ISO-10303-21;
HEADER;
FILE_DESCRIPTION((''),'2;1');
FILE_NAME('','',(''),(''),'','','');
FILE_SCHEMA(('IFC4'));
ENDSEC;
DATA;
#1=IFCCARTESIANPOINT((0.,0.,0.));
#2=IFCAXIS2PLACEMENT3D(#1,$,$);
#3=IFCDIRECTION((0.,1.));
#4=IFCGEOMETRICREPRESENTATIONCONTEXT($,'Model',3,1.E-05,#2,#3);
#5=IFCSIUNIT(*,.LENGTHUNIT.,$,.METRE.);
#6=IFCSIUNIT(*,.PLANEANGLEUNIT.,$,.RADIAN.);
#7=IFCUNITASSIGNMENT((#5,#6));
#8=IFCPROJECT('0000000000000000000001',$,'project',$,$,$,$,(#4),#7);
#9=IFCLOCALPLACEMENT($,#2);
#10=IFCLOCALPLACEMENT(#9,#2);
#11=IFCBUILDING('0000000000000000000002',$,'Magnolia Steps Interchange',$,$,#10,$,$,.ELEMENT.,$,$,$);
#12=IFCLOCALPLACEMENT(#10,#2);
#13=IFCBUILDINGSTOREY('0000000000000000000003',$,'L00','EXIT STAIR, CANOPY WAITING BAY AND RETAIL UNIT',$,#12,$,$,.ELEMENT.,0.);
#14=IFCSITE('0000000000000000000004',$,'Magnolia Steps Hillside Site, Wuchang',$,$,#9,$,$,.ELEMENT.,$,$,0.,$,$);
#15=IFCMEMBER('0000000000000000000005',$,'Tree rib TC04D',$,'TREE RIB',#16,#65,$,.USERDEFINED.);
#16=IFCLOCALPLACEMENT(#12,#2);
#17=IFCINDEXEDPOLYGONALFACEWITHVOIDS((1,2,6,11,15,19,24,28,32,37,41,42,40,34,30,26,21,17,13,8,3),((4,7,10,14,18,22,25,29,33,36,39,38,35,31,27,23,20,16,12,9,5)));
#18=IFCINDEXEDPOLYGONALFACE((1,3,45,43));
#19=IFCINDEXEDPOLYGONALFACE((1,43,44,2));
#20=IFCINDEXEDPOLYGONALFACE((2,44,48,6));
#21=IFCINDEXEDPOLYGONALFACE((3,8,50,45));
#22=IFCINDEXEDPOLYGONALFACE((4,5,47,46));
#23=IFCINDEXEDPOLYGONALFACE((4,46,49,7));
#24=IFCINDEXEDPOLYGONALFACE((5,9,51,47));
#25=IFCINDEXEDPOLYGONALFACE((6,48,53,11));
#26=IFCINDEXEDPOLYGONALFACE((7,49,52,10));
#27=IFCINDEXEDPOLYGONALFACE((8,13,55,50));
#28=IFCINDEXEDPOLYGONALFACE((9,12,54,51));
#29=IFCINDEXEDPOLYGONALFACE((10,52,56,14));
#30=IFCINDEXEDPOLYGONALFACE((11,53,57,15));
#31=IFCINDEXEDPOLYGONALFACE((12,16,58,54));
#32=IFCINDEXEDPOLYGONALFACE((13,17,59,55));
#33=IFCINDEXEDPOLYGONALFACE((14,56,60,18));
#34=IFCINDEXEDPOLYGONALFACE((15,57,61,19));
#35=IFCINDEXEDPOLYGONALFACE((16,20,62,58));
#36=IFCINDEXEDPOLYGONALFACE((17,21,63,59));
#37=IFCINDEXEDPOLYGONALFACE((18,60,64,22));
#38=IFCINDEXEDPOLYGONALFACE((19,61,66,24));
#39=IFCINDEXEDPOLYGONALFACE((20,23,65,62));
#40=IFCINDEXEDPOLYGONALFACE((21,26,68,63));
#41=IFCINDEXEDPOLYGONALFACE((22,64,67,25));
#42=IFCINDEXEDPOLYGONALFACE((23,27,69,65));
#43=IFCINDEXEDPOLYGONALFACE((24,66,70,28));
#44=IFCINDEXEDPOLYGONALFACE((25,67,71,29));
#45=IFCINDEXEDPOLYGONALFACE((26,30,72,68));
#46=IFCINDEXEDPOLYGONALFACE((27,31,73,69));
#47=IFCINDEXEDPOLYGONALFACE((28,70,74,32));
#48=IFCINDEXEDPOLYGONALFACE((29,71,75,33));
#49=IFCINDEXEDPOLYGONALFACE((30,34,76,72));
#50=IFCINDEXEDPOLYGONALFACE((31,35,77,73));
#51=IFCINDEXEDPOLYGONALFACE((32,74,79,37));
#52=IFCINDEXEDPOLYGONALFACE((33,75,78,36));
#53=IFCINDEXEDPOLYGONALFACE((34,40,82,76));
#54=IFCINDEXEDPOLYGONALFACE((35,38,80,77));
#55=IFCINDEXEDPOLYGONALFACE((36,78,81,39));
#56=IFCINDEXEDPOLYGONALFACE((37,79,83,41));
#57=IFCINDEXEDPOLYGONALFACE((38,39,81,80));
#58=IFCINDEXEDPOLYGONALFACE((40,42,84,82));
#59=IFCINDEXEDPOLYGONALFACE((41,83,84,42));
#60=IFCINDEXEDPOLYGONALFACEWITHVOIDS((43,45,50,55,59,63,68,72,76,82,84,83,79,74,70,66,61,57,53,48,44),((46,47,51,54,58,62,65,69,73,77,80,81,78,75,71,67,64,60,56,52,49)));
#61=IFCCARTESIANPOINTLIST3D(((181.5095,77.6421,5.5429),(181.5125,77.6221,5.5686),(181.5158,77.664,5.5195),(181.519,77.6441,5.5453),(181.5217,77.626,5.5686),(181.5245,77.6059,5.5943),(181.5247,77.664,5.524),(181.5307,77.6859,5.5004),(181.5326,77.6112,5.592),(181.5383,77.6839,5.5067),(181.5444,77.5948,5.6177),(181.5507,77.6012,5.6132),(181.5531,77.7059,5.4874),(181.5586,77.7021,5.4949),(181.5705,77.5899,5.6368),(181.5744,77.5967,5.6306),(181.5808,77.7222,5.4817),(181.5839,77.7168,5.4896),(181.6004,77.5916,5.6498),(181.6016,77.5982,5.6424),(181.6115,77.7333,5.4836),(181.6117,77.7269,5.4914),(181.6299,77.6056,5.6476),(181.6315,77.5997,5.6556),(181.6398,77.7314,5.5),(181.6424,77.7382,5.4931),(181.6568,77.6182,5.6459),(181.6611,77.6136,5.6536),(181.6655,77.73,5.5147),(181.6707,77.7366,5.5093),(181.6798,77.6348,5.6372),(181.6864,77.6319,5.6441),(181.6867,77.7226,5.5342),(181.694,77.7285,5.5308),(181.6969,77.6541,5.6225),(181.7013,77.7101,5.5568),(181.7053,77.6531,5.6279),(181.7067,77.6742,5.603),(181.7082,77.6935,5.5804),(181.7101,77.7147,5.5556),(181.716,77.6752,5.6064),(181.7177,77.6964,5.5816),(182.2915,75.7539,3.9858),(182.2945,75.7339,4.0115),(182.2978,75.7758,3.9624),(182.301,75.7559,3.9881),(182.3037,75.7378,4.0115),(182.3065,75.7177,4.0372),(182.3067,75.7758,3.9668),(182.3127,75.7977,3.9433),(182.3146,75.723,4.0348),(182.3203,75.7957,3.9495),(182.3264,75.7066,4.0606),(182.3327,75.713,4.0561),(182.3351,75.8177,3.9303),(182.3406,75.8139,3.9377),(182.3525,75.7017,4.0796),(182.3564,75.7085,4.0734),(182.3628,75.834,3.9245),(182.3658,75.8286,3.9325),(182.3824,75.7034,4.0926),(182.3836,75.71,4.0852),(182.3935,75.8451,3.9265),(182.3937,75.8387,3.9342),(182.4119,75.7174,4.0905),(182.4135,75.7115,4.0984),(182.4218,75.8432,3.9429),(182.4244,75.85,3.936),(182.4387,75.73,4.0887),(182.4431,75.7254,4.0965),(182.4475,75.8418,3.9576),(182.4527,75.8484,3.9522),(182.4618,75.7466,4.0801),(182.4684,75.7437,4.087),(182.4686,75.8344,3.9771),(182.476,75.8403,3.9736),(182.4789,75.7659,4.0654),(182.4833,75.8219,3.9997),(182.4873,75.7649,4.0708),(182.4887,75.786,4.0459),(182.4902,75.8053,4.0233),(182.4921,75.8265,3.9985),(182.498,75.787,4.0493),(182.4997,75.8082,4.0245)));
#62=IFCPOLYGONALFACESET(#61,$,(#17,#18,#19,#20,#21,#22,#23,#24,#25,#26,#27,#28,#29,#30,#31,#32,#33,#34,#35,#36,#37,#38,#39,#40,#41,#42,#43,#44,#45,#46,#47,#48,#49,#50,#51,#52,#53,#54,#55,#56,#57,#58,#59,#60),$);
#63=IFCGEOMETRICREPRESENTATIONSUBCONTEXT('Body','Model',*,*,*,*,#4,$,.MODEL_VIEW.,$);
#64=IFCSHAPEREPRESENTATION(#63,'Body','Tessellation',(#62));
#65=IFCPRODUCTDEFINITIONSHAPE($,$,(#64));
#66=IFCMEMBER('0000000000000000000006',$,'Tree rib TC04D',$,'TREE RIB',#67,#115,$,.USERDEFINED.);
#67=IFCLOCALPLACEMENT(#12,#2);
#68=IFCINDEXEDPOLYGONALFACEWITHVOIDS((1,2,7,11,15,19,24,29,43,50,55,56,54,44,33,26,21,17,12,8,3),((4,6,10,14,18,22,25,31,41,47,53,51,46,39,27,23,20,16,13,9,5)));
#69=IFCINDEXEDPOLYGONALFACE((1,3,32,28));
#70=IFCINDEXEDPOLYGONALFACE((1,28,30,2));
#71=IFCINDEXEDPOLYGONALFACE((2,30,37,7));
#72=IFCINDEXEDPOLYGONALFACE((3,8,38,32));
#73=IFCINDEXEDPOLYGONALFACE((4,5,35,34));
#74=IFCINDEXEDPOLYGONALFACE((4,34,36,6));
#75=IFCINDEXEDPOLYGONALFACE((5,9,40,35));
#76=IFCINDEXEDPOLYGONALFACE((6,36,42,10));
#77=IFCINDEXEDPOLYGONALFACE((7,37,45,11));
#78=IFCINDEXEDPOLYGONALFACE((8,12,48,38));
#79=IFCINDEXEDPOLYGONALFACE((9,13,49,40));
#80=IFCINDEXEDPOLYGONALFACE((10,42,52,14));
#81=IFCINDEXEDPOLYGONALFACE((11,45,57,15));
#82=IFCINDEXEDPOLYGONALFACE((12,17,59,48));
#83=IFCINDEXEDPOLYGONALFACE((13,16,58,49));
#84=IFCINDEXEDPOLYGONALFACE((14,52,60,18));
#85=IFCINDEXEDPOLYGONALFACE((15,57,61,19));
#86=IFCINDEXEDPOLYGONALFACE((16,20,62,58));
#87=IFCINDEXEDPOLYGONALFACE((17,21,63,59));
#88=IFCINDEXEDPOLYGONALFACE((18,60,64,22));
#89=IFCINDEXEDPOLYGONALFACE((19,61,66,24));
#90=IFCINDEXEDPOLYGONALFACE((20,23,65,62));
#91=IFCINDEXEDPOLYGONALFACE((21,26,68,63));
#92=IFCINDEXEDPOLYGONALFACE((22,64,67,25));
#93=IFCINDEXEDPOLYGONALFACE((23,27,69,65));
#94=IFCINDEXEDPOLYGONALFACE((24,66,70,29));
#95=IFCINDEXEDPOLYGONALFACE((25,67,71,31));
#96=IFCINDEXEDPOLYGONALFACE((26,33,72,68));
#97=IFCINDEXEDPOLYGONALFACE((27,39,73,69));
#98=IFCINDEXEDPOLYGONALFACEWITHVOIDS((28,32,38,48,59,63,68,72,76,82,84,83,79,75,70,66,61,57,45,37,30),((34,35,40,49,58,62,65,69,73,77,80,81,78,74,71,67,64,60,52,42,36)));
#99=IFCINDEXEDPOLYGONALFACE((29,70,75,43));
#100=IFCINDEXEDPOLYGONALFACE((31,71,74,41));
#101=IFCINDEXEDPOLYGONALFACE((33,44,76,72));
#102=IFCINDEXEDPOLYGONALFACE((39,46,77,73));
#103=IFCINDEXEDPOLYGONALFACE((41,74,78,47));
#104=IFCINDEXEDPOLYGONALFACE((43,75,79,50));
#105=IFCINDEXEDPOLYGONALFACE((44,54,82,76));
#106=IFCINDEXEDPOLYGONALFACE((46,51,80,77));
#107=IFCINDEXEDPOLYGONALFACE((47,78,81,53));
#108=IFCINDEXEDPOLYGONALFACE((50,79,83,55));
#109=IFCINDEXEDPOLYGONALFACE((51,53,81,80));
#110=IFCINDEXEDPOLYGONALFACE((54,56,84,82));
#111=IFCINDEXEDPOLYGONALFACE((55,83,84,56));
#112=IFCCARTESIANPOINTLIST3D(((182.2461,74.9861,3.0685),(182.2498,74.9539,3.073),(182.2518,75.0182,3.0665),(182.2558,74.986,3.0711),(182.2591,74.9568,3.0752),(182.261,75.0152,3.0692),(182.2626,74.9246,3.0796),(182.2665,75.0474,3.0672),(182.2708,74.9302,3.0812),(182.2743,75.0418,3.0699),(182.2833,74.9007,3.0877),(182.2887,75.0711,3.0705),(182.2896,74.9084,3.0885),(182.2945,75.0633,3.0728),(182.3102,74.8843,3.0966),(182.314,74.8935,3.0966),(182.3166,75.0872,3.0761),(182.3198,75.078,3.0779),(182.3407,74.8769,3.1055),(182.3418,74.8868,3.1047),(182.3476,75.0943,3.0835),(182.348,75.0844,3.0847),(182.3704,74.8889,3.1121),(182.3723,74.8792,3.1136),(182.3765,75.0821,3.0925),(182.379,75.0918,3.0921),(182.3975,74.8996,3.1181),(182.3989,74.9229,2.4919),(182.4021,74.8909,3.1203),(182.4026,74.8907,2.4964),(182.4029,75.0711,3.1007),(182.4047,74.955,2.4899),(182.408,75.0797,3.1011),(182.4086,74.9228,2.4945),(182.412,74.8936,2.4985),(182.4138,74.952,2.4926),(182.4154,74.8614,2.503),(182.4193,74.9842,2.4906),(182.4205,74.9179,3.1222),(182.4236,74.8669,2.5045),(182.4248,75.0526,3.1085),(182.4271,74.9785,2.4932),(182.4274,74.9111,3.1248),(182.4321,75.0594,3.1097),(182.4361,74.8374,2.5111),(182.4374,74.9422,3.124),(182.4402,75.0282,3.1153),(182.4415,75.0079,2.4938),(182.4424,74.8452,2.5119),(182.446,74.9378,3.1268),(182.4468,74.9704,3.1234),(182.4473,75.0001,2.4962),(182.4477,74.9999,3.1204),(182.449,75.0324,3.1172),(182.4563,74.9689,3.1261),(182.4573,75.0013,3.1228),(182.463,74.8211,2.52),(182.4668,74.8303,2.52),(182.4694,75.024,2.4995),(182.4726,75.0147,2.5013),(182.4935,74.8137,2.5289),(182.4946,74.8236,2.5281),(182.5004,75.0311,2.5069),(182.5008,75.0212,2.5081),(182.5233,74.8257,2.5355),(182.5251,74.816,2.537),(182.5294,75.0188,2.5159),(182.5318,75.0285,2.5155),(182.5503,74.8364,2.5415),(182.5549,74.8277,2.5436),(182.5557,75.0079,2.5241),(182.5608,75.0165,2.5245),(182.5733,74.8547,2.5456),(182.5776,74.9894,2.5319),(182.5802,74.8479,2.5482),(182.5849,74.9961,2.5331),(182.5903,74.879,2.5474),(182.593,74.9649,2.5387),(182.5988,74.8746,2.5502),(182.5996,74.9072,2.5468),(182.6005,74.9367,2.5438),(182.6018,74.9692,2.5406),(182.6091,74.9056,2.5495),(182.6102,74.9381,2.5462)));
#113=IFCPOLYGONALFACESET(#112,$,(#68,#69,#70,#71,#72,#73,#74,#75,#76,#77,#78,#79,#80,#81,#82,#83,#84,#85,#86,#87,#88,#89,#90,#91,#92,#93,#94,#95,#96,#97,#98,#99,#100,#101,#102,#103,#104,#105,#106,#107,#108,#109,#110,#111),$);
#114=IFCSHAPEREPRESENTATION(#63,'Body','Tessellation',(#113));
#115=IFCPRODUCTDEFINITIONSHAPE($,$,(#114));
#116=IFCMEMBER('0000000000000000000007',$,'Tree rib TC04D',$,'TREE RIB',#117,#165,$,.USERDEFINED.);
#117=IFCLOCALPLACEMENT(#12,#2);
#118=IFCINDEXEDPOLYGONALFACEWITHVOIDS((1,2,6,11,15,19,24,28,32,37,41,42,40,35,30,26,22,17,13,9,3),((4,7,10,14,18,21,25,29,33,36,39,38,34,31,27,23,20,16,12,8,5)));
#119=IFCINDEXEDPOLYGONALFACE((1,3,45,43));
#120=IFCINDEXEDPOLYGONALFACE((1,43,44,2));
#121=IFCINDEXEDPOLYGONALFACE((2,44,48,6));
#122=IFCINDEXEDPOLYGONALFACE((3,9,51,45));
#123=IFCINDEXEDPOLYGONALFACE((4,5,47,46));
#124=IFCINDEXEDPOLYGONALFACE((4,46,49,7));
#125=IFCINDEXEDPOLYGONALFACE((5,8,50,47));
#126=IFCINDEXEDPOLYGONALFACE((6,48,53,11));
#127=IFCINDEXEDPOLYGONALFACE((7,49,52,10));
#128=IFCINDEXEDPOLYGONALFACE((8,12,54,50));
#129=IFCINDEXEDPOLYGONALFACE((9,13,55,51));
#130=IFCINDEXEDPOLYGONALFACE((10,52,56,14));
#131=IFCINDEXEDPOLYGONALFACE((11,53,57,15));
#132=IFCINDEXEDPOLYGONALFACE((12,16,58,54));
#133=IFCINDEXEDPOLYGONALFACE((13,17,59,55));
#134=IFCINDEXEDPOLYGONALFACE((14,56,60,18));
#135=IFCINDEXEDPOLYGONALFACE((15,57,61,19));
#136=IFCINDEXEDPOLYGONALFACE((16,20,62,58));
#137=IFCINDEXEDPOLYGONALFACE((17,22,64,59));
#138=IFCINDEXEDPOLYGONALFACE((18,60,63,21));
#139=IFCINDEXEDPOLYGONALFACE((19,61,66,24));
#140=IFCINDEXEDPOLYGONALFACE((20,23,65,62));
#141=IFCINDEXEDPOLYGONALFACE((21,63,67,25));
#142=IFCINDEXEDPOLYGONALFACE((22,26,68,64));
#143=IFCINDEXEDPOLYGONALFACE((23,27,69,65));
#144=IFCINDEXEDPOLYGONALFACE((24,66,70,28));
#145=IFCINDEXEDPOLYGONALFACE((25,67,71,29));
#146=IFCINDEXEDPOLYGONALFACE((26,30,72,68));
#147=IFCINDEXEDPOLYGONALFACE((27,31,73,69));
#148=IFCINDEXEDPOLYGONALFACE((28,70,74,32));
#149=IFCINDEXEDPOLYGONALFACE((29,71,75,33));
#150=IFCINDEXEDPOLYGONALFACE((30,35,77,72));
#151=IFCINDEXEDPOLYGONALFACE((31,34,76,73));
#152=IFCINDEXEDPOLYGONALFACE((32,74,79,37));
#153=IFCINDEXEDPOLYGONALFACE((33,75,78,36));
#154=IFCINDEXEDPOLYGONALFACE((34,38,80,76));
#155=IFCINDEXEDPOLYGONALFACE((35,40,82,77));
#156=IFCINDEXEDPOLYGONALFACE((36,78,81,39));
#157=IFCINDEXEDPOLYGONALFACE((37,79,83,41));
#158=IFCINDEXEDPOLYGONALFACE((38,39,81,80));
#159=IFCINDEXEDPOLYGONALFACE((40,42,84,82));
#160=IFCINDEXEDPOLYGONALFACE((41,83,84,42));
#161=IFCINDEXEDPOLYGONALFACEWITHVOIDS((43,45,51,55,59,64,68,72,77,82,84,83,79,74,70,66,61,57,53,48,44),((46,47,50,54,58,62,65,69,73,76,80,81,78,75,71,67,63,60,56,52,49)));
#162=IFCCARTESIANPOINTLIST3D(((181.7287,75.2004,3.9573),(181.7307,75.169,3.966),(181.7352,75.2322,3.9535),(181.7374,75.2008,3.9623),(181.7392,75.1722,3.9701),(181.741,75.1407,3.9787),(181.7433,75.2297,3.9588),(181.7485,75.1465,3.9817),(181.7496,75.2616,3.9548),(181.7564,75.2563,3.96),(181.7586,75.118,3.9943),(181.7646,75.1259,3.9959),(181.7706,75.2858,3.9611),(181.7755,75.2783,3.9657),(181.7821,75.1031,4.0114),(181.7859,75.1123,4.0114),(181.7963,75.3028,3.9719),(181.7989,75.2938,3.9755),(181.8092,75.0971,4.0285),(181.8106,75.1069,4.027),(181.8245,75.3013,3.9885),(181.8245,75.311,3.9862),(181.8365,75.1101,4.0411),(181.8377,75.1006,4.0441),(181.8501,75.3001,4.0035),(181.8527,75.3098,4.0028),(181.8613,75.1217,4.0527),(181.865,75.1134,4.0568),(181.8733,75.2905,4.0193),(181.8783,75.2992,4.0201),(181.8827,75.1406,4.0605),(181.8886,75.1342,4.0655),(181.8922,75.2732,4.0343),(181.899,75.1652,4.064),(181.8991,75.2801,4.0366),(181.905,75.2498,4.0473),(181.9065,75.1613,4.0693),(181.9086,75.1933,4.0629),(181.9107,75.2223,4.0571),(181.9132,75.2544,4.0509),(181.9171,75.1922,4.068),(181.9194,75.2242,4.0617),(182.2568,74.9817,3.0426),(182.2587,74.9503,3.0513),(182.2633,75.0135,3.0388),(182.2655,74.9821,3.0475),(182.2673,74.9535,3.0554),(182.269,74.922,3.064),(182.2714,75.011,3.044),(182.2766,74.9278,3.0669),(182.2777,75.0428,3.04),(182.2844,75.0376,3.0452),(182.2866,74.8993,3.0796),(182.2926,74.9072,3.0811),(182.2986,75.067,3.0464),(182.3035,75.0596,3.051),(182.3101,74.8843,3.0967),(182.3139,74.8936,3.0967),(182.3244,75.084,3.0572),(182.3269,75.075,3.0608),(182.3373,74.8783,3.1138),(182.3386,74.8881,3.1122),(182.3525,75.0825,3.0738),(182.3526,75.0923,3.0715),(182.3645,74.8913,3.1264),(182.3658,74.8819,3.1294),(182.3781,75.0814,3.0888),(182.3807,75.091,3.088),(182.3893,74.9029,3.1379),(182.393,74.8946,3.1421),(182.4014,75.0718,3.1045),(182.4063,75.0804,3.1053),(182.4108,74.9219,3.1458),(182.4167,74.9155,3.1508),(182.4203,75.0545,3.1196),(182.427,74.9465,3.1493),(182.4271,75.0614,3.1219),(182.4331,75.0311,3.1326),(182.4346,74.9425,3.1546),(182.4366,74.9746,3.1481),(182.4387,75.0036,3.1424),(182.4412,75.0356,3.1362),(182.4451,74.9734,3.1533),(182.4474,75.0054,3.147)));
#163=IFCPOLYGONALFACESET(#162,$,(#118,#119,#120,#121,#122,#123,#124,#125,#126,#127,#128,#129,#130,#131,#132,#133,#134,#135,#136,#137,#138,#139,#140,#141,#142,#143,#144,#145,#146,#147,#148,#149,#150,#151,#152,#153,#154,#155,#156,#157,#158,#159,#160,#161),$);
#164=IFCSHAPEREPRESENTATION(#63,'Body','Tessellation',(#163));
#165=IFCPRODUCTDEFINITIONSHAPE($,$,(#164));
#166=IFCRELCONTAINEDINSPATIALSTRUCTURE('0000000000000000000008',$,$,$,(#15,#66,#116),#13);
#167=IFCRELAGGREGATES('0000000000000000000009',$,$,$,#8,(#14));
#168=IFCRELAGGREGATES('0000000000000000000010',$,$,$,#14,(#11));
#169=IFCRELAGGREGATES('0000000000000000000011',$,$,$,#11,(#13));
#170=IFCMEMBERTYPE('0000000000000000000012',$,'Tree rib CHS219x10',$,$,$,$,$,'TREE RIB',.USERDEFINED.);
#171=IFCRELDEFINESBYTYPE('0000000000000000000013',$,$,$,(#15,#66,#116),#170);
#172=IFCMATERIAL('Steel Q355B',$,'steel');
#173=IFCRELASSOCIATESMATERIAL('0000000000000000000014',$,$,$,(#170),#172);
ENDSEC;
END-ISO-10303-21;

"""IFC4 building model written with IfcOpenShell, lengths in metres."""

from ifc_helpers import new_model, si_unit, direction, frame, origin, origin_2d, place, context, subcontext, project, spatial, hollow_circle, extrude, material, material_profile, profile_set, type_object, element, save


model = new_model("IFC4")

# Units and contexts
model_context = context("Model", 3, precision=1e-05, world=origin(), true_north=direction((0.0, 1.0)))
body_context = subcontext(model_context, "Body", "Model", "MODEL_VIEW")
ifc_project = project(units=[si_unit("LENGTHUNIT", "METRE"), si_unit("PLANEANGLEUNIT", "RADIAN")], contexts=[model_context])

# Site, building, storey
site_placement = place(None, origin())
site = spatial("IfcSite", under=ifc_project, at=site_placement, Name="Magnolia Steps Hillside Site, Wuchang", CompositionType="ELEMENT", RefElevation=0.0)
building_placement = place(site_placement, origin())
building = spatial("IfcBuilding", under=site, at=building_placement, Name="Magnolia Steps Interchange", CompositionType="ELEMENT")
storey_placement = place(building_placement, origin())
storey = spatial("IfcBuildingStorey", under=building, at=storey_placement, Name="L00", Description="EXIT STAIR, CANOPY WAITING BAY AND RETAIL UNIT", CompositionType="ELEMENT", Elevation=0.0)

# Members
ifc_material_1 = material(Name="Steel Q355B", Category="steel")
ifc_material_profile_1 = material_profile(ifc_material_1, hollow_circle(Radius=0.1096, WallThickness=0.01, at=origin_2d()), Name="CHS219x10")
ifc_profile_set_1 = profile_set([ifc_material_profile_1], Name="Steel Q355B")
member_type = type_object("IfcMemberType", Name="Tree rib CHS219x10", ElementType="TREE RIB", PredefinedType="USERDEFINED", material=ifc_profile_set_1)
member_1_placement = place(storey_placement, frame((182.3958, 75.7759, 4.0115), z_axis=(-0.304354, 0.734897, 0.606048), x_axis=(-0.923902, -0.38263, 0.0)))
element("IfcMember", 1, at=member_1_placement, inside=storey, type_object=member_type, Name="Tree rib TC04D", ObjectType="TREE RIB", PredefinedType="USERDEFINED", context=body_context, shape_type="SweptSolid", body=[
    extrude(hollow_circle(Radius=0.1096, WallThickness=0.01, at=origin_2d()), origin(), (0.0, 0.0, 1.0), 2.5693),
])
member_2_placement = place(storey_placement, frame((182.5049, 74.9224, 2.52), z_axis=(-0.254758, 0.105403, 0.961243), x_axis=(-0.382308, -0.924035, 0.0)))
element("IfcMember", 2, at=member_2_placement, inside=storey, type_object=member_type, Name="Tree rib TC04D", ObjectType="TREE RIB", PredefinedType="USERDEFINED", context=body_context, shape_type="SweptSolid", body=[
    extrude(hollow_circle(Radius=0.1096, WallThickness=0.01, at=origin_2d()), origin(), (0.0, 0.0, 1.0), 0.5999),
])
member_3_placement = place(storey_placement, frame((182.3521, 74.9856, 3.0967), z_axis=(-0.489555, 0.202793, 0.848063), x_axis=(-0.382704, -0.923871, 0.0)))
element("IfcMember", 3, at=member_3_placement, inside=storey, type_object=member_type, Name="Tree rib TC04D", ObjectType="TREE RIB", PredefinedType="USERDEFINED", context=body_context, shape_type="SweptSolid", body=[
    extrude(hollow_circle(Radius=0.1096, WallThickness=0.01, at=origin_2d()), origin(), (0.0, 0.0, 1.0), 1.0786),
])

save(model, "model.ifc")
